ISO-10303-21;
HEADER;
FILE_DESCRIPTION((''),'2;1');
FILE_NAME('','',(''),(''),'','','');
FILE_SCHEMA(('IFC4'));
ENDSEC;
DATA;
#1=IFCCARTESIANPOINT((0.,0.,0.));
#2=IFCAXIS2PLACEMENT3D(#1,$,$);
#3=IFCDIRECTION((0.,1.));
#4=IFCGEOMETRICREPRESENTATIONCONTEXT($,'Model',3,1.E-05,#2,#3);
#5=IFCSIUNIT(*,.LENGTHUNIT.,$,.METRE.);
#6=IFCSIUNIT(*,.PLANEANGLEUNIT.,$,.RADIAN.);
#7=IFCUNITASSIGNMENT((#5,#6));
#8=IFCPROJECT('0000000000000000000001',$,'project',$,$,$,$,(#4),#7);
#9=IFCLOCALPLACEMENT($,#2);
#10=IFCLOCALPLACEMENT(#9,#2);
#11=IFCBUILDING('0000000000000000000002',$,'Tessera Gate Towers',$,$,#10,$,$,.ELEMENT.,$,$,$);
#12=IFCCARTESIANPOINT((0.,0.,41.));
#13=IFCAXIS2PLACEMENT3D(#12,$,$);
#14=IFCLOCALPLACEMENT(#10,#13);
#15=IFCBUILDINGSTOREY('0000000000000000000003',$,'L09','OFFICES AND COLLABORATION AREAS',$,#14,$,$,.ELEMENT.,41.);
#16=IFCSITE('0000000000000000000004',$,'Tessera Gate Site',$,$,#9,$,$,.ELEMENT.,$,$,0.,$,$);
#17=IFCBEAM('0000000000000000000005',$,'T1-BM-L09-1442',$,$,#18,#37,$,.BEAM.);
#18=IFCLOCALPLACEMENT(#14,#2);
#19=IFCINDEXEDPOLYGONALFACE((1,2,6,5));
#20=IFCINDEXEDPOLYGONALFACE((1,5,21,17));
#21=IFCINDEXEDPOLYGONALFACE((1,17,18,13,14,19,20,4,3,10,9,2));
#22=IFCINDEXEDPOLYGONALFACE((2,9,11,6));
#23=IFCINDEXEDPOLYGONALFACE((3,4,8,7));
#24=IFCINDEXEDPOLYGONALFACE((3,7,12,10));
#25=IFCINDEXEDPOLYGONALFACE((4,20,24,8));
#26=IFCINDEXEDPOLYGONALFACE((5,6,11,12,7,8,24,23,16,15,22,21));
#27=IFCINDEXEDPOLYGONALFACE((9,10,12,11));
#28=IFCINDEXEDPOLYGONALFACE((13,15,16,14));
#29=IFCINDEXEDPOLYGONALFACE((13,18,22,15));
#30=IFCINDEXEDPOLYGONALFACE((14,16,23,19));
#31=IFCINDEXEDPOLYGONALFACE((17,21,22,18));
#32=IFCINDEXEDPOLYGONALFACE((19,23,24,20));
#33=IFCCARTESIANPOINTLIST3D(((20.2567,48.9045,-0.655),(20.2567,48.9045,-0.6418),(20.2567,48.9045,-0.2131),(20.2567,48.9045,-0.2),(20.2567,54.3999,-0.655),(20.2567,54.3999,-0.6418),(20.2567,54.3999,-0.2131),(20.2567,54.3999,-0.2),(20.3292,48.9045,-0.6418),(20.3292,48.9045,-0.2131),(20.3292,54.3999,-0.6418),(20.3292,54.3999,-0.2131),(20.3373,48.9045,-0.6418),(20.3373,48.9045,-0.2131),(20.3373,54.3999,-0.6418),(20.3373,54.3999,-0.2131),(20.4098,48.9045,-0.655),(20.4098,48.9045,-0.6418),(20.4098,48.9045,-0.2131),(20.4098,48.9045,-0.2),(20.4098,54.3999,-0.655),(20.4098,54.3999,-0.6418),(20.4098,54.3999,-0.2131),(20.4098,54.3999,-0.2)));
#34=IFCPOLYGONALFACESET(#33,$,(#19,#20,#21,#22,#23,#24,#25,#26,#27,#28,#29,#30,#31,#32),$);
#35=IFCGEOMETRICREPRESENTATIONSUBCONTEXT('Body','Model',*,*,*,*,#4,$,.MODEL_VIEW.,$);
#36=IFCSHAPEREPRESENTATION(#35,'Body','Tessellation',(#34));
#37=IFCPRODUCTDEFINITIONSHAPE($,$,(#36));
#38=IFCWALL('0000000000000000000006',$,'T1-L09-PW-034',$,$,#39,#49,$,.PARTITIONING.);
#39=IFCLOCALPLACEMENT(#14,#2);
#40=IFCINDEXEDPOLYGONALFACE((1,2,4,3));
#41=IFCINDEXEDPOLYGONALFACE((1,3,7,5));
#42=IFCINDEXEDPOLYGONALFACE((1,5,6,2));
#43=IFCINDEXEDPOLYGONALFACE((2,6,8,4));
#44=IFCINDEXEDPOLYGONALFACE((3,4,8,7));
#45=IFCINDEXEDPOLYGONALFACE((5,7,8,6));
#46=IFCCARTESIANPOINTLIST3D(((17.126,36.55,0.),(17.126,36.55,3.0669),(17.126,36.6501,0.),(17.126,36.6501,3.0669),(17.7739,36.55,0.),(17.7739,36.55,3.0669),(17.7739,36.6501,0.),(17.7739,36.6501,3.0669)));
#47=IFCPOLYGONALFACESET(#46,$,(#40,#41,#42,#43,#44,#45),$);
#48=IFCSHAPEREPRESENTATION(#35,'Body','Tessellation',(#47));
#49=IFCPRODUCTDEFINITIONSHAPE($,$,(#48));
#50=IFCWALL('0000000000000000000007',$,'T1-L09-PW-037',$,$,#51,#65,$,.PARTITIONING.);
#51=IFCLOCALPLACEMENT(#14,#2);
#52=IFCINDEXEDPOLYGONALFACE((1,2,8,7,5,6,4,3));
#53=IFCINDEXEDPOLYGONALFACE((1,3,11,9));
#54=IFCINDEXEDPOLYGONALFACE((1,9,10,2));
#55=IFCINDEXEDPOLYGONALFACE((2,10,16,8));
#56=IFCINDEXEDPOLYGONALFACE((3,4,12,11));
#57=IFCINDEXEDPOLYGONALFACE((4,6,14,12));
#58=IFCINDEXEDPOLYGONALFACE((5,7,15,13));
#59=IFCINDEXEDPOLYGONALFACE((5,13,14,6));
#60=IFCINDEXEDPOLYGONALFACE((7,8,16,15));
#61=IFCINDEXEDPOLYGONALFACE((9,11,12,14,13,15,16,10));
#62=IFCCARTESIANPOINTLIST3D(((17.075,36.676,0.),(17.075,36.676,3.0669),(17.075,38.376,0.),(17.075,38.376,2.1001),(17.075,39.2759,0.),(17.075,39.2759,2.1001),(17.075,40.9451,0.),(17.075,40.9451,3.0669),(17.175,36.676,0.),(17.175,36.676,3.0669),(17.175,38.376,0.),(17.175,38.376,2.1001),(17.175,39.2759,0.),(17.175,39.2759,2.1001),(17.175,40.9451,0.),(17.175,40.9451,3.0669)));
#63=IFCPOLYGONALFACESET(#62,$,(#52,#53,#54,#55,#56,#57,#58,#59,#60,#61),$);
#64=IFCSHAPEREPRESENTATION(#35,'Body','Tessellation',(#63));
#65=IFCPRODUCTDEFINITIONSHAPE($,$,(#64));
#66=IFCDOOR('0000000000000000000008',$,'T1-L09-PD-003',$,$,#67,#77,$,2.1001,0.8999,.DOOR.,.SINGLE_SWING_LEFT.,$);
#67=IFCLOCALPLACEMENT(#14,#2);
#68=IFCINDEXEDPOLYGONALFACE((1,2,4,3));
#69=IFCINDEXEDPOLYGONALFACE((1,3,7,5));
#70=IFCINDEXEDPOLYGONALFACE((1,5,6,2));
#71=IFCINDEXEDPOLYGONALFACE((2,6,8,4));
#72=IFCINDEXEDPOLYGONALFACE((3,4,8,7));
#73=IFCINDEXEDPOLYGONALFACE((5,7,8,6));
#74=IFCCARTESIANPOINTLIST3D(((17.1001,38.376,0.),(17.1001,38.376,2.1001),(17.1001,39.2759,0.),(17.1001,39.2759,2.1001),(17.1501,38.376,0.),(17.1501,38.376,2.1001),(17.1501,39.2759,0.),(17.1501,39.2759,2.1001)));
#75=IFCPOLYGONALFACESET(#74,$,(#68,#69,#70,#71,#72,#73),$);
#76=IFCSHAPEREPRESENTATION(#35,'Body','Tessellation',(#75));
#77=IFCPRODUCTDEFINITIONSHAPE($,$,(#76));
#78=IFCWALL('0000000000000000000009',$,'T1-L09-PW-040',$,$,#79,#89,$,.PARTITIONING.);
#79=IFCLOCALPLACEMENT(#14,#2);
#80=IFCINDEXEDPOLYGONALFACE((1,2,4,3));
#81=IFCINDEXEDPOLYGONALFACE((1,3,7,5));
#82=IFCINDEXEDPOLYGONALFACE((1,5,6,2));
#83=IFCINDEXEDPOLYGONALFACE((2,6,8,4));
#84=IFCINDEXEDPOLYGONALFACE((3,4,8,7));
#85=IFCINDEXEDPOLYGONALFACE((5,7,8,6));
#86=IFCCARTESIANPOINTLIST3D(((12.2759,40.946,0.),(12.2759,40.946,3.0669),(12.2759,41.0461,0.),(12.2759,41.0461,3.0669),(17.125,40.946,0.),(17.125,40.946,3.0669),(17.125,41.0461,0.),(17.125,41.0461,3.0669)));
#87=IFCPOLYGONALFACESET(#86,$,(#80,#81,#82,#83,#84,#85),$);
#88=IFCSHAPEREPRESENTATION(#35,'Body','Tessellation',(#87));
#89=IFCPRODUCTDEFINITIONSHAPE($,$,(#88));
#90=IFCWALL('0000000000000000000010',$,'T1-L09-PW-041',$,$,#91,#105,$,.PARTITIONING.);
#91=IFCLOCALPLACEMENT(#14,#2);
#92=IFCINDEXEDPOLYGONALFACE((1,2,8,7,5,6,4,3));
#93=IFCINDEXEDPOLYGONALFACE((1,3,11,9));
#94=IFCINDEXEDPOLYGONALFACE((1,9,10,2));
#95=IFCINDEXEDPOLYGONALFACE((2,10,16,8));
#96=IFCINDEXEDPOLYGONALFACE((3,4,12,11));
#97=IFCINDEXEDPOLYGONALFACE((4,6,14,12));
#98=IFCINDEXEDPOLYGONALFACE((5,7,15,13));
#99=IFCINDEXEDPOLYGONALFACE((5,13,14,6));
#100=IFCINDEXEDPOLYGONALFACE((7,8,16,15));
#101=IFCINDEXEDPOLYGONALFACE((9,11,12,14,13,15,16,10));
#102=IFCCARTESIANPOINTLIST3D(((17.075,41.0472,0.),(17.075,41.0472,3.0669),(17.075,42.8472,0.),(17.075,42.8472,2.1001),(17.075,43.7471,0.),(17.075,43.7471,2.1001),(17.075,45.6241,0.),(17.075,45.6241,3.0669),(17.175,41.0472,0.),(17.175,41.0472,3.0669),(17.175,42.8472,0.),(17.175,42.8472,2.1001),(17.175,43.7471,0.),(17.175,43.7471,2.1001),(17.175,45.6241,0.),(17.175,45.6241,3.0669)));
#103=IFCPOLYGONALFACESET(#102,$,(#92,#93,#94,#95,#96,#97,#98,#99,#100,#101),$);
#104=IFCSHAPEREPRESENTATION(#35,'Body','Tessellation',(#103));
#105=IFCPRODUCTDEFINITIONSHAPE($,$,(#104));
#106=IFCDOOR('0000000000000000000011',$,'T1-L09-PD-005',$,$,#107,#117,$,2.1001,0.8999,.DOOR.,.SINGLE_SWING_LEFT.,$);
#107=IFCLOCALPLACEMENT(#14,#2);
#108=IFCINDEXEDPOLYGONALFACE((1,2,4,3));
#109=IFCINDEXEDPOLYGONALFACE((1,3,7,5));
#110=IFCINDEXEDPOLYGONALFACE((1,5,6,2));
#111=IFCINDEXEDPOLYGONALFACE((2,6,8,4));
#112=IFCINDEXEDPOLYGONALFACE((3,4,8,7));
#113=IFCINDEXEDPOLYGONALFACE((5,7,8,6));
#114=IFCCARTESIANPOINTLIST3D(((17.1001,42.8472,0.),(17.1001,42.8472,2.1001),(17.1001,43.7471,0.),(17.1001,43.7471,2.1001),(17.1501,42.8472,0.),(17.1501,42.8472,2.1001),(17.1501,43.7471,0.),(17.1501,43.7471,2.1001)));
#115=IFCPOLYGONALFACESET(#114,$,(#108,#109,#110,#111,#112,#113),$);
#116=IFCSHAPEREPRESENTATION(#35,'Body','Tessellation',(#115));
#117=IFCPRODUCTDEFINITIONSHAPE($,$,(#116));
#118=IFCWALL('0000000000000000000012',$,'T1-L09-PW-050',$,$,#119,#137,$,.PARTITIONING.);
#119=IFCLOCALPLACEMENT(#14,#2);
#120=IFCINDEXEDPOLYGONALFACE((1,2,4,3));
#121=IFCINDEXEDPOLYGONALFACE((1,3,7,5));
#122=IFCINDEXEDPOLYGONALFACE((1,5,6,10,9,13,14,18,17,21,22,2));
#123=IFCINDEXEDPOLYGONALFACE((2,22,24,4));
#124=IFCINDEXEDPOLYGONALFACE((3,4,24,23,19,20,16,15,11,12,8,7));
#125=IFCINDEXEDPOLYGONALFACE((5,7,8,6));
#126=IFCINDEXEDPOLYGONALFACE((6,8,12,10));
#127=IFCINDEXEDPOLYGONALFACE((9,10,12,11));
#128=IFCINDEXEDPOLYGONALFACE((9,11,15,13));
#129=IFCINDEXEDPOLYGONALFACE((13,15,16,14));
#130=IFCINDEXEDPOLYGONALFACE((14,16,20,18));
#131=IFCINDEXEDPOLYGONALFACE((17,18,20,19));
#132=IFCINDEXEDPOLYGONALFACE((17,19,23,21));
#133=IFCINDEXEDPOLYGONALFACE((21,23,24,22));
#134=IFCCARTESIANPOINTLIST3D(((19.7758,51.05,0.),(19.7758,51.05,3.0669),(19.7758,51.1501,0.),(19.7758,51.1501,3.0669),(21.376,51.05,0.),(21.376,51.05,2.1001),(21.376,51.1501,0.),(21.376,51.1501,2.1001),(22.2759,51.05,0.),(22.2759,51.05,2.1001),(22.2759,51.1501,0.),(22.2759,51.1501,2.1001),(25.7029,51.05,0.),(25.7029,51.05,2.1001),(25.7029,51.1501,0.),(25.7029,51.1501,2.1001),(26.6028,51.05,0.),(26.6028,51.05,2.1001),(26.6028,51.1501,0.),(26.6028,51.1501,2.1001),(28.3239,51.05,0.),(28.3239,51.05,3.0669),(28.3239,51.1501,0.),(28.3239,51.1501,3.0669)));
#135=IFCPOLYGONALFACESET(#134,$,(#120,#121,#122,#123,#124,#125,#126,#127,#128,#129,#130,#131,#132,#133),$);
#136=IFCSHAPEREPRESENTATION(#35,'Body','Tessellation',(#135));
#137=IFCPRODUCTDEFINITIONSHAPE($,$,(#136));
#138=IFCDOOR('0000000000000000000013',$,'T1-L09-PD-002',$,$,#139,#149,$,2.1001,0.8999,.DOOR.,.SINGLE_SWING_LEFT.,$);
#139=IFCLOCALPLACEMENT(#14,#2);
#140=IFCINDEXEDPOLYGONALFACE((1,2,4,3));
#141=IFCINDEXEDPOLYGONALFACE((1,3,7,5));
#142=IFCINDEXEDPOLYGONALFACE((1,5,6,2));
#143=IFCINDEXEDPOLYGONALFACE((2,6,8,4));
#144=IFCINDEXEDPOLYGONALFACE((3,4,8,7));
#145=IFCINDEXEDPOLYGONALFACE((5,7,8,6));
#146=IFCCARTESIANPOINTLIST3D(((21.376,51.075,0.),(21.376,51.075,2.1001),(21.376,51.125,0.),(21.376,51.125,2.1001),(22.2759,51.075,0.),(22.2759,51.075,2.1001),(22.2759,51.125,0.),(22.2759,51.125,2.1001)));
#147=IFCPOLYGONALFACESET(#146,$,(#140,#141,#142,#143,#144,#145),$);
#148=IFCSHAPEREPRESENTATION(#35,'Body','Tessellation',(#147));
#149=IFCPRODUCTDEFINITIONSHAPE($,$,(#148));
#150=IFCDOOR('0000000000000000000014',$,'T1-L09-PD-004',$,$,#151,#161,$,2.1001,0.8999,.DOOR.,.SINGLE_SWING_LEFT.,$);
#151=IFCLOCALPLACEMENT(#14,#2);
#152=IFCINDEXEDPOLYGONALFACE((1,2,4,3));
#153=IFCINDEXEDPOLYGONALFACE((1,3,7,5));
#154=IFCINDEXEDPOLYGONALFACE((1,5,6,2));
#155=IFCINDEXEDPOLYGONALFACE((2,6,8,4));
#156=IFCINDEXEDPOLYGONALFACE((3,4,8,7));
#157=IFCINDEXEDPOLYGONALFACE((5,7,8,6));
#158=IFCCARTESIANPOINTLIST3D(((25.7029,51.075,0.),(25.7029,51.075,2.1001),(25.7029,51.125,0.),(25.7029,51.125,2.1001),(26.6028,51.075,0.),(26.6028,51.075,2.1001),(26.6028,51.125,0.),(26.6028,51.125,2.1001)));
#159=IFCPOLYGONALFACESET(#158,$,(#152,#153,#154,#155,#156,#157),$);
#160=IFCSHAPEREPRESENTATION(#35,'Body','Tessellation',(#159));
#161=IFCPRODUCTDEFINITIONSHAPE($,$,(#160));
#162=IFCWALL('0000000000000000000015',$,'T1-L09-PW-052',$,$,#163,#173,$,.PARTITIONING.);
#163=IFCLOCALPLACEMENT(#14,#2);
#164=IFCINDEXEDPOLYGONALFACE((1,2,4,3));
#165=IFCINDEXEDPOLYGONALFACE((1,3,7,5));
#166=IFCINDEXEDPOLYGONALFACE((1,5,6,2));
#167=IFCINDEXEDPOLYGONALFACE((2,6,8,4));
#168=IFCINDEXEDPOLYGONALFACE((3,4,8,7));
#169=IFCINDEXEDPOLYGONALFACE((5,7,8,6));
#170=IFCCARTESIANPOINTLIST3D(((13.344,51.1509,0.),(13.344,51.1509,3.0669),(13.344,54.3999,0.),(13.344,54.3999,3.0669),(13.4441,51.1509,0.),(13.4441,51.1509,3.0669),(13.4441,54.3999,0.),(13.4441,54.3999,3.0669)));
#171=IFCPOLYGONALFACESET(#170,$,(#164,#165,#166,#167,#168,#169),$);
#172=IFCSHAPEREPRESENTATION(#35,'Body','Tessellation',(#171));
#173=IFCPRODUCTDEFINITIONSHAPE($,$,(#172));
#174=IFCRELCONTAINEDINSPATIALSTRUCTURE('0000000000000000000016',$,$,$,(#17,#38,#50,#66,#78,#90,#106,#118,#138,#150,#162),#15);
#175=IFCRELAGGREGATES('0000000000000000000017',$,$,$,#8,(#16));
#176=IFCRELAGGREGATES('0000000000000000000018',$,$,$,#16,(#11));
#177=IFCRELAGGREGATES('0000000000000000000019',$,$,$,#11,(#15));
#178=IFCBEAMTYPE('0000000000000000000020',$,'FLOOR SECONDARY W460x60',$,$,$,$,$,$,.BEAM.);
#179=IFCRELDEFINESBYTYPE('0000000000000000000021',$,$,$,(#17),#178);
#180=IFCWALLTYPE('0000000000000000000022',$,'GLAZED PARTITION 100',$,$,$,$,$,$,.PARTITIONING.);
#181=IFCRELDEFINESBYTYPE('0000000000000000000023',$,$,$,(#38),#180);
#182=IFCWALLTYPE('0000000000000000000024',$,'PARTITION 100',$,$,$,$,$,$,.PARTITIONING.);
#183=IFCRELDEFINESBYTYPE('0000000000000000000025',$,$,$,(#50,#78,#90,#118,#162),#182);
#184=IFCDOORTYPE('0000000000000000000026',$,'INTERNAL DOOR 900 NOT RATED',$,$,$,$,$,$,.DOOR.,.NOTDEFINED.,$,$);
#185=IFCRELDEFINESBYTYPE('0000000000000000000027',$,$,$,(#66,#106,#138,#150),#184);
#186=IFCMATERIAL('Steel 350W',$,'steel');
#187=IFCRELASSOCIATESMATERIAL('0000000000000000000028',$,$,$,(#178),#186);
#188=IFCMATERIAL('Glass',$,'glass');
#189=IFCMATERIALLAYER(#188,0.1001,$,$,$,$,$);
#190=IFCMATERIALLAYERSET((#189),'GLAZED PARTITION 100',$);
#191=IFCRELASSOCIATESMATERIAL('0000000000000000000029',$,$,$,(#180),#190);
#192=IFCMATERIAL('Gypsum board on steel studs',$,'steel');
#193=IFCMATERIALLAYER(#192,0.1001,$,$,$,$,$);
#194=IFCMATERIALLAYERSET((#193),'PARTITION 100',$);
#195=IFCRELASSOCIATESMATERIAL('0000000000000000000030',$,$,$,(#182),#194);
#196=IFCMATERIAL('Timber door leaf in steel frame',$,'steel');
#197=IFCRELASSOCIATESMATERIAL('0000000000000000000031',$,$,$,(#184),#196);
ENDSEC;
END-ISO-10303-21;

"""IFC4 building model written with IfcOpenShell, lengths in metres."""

from ifc_helpers import new_model, si_unit, direction, frame, frame_2d, origin, origin_2d, place, context, subcontext, project, spatial, rectangle, i_section, extrude, source, transform, mapped, material, layer, layer_set, material_profile, profile_set, type_object, element, fill, save


model = new_model("IFC4")

# Units and contexts
model_context = context("Model", 3, precision=1e-05, world=origin(), true_north=direction((0.0, 1.0)))
body_context = subcontext(model_context, "Body", "Model", "MODEL_VIEW")
ifc_project = project(units=[si_unit("LENGTHUNIT", "METRE"), si_unit("PLANEANGLEUNIT", "RADIAN")], contexts=[model_context])

# Site, building, storey
site_placement = place(None, origin())
site = spatial("IfcSite", under=ifc_project, at=site_placement, Name="Tessera Gate Site", CompositionType="ELEMENT", RefElevation=0.0)
building_placement = place(site_placement, origin())
building = spatial("IfcBuilding", under=site, at=building_placement, Name="Tessera Gate Towers", CompositionType="ELEMENT")
storey_placement = place(building_placement, frame((0.0, 0.0, 41.0)))
storey = spatial("IfcBuildingStorey", under=building, at=storey_placement, Name="L09", Description="OFFICES AND COLLABORATION AREAS", CompositionType="ELEMENT", Elevation=41.0)

# Beam
ifc_material_1 = material(Name="Steel 350W", Category="steel")
ifc_material_profile_1 = material_profile(ifc_material_1, i_section(OverallWidth=0.1531, OverallDepth=0.4551, WebThickness=0.0081, FlangeThickness=0.0132, at=origin_2d()), Name="W460x60")
ifc_profile_set_1 = profile_set([ifc_material_profile_1], Name="Steel 350W")
beam_type_1 = type_object("IfcBeamType", Name="FLOOR SECONDARY W460x60", PredefinedType="BEAM", material=ifc_profile_set_1)
beam_1_placement = place(storey_placement, frame((20.3333, 48.9045, -0.4275), z_axis=(0.0, 1.0, 0.0), x_axis=(-1.0, 0.0, 0.0)))
element("IfcBeam", 1, at=beam_1_placement, inside=storey, type_object=beam_type_1, Name="T1-BM-L09-1442", PredefinedType="BEAM", context=body_context, shape_type="SweptSolid", body=[
    extrude(i_section(OverallWidth=0.1531, OverallDepth=0.4551, WebThickness=0.0081, FlangeThickness=0.0132, at=origin_2d()), origin(), (0.0, 0.0, 1.0), 5.4954),
])

# Wall
ifc_material_2 = material(Name="Glass", Category="glass")
ifc_layer_1 = layer(ifc_material_2, 0.1001)
ifc_layer_set_1 = layer_set([ifc_layer_1], Name="GLAZED PARTITION 100")
wall_type_1 = type_object("IfcWallType", Name="GLAZED PARTITION 100", PredefinedType="PARTITIONING", material=ifc_layer_set_1)
wall_1_placement = place(storey_placement, frame((17.126, 36.6001, 0.0), z_axis=(0.0, 0.0, 1.0), x_axis=(1.0, 0.0, 0.0)))
element("IfcWall", 2, at=wall_1_placement, inside=storey, type_object=wall_type_1, Name="T1-L09-PW-034", PredefinedType="PARTITIONING", context=body_context, shape_type="SweptSolid", body=[
    extrude(rectangle(XDim=0.6479, YDim=0.1001, at=frame_2d((0.324, 0.0))), origin(), (0.0, 0.0, 1.0), 3.0669),
])

# Wall, opening, door
ifc_material_3 = material(Name="Gypsum board on steel studs", Category="steel")
ifc_layer_2 = layer(ifc_material_3, 0.1001)
ifc_layer_set_2 = layer_set([ifc_layer_2], Name="PARTITION 100")
wall_type_2 = type_object("IfcWallType", Name="PARTITION 100", PredefinedType="PARTITIONING", material=ifc_layer_set_2)
wall_2_placement = place(storey_placement, frame((17.125, 36.676, 0.0), z_axis=(0.0, 0.0, 1.0), x_axis=(0.0, 1.0, 0.0)))
wall_2 = element("IfcWall", 3, at=wall_2_placement, inside=storey, type_object=wall_type_2, Name="T1-L09-PW-037", PredefinedType="PARTITIONING", context=body_context, shape_type="SweptSolid", body=[
    extrude(rectangle(XDim=4.269, YDim=0.1001, at=frame_2d((2.1345, 0.0))), origin(), (0.0, 0.0, 1.0), 3.0669),
])
shared_shape_1 = source(origin(), body_context, "Body", "SweptSolid", [
    extrude(rectangle(XDim=0.8999, YDim=2.1001, at=frame_2d((0.45, 1.05))), frame((0.0, 0.0601, 0.0), z_axis=(0.0, -1.0, 0.0), x_axis=(1.0, 0.0, 0.0)), (0.0, 0.0, 1.0), 0.1201),
])
opening_1_placement = place(wall_2_placement, frame((1.7, 0.0, 0.0)))
opening_1 = element("IfcOpeningElement", 4, at=opening_1_placement, cuts=wall_2, PredefinedType="OPENING", context=body_context, shape_type="MappedRepresentation", body=[
    mapped(shared_shape_1, transform((0.0, 0.0, 0.0), scale=1.0)),
])
ifc_material_4 = material(Name="Timber door leaf in steel frame", Category="steel")
door_type = type_object("IfcDoorType", Name="INTERNAL DOOR 900 NOT RATED", OperationType="NOTDEFINED", PredefinedType="DOOR", material=ifc_material_4)
shared_shape_2 = source(origin(), body_context, "Body", "SweptSolid", [
    extrude(rectangle(XDim=0.8999, YDim=2.1001, at=frame_2d((0.45, 1.05))), frame((0.0, 0.0249, 0.0), z_axis=(0.0, -1.0, 0.0), x_axis=(1.0, 0.0, 0.0)), (0.0, 0.0, 1.0), 0.05),
])
door_1_placement = place(opening_1_placement, origin())
door_1 = element("IfcDoor", 5, at=door_1_placement, inside=storey, type_object=door_type, Name="T1-L09-PD-003", OperationType="SINGLE_SWING_LEFT", OverallHeight=2.1001, OverallWidth=0.8999, PredefinedType="DOOR", context=body_context, shape_type="MappedRepresentation", body=[
    mapped(shared_shape_2, transform((0.0, 0.0, 0.0), scale=1.0)),
])
fill(opening_1, door_1)

# Wall
wall_3_placement = place(storey_placement, frame((12.2759, 40.9961, 0.0), z_axis=(0.0, 0.0, 1.0), x_axis=(1.0, 0.0, 0.0)))
element("IfcWall", 6, at=wall_3_placement, inside=storey, type_object=wall_type_2, Name="T1-L09-PW-040", PredefinedType="PARTITIONING", context=body_context, shape_type="SweptSolid", body=[
    extrude(rectangle(XDim=4.8491, YDim=0.1001, at=frame_2d((2.4246, 0.0))), origin(), (0.0, 0.0, 1.0), 3.0669),
])

# Wall, opening, door
wall_4_placement = place(storey_placement, frame((17.125, 41.0471, 0.0), z_axis=(0.0, 0.0, 1.0), x_axis=(0.0, 1.0, 0.0)))
wall_4 = element("IfcWall", 7, at=wall_4_placement, inside=storey, type_object=wall_type_2, Name="T1-L09-PW-041", PredefinedType="PARTITIONING", context=body_context, shape_type="SweptSolid", body=[
    extrude(rectangle(XDim=4.5769, YDim=0.1001, at=frame_2d((2.2886, 0.0))), origin(), (0.0, 0.0, 1.0), 3.0669),
])
opening_2_placement = place(wall_4_placement, frame((1.8, 0.0, 0.0)))
opening_2 = element("IfcOpeningElement", 8, at=opening_2_placement, cuts=wall_4, PredefinedType="OPENING", context=body_context, shape_type="MappedRepresentation", body=[
    mapped(shared_shape_1, transform((0.0, 0.0, 0.0), scale=1.0)),
])
door_2_placement = place(opening_2_placement, origin())
door_2 = element("IfcDoor", 9, at=door_2_placement, inside=storey, type_object=door_type, Name="T1-L09-PD-005", OperationType="SINGLE_SWING_LEFT", OverallHeight=2.1001, OverallWidth=0.8999, PredefinedType="DOOR", context=body_context, shape_type="MappedRepresentation", body=[
    mapped(shared_shape_2, transform((0.0, 0.0, 0.0), scale=1.0)),
])
fill(opening_2, door_2)

# Wall, openings, doors
wall_5_placement = place(storey_placement, frame((19.7759, 51.1001, 0.0), z_axis=(0.0, 0.0, 1.0), x_axis=(1.0, 0.0, 0.0)))
wall_5 = element("IfcWall", 10, at=wall_5_placement, inside=storey, type_object=wall_type_2, Name="T1-L09-PW-050", PredefinedType="PARTITIONING", context=body_context, shape_type="SweptSolid", body=[
    extrude(rectangle(XDim=8.5481, YDim=0.1001, at=frame_2d((4.2739, 0.0))), origin(), (0.0, 0.0, 1.0), 3.0669),
])
opening_3_placement = place(wall_5_placement, frame((1.6001, 0.0, 0.0)))
opening_3 = element("IfcOpeningElement", 11, at=opening_3_placement, cuts=wall_5, PredefinedType="OPENING", context=body_context, shape_type="MappedRepresentation", body=[
    mapped(shared_shape_1, transform((0.0, 0.0, 0.0), scale=1.0)),
])
opening_4_placement = place(wall_5_placement, frame((5.927, 0.0, 0.0)))
opening_4 = element("IfcOpeningElement", 12, at=opening_4_placement, cuts=wall_5, PredefinedType="OPENING", context=body_context, shape_type="MappedRepresentation", body=[
    mapped(shared_shape_1, transform((0.0, 0.0, 0.0), scale=1.0)),
])
door_3_placement = place(opening_3_placement, origin())
door_3 = element("IfcDoor", 13, at=door_3_placement, inside=storey, type_object=door_type, Name="T1-L09-PD-002", OperationType="SINGLE_SWING_LEFT", OverallHeight=2.1001, OverallWidth=0.8999, PredefinedType="DOOR", context=body_context, shape_type="MappedRepresentation", body=[
    mapped(shared_shape_2, transform((0.0, 0.0, 0.0), scale=1.0)),
])
fill(opening_3, door_3)
door_4_placement = place(opening_4_placement, origin())
door_4 = element("IfcDoor", 14, at=door_4_placement, inside=storey, type_object=door_type, Name="T1-L09-PD-004", OperationType="SINGLE_SWING_LEFT", OverallHeight=2.1001, OverallWidth=0.8999, PredefinedType="DOOR", context=body_context, shape_type="MappedRepresentation", body=[
    mapped(shared_shape_2, transform((0.0, 0.0, 0.0), scale=1.0)),
])
fill(opening_4, door_4)

# Wall
for number, where, z_axis, x_axis, name in (
    (15, (13.394, 51.1509, 0.0), (0.0, 0.0, 1.0), (0.0, 1.0, 0.0), "T1-L09-PW-052"),
):
    element("IfcWall", number, at=place(storey_placement, frame(where, z_axis=z_axis, x_axis=x_axis)), inside=storey, type_object=wall_type_2, Name=name, PredefinedType="PARTITIONING", context=body_context, shape_type="SweptSolid", body=[
        extrude(rectangle(XDim=3.249, YDim=0.1001, at=frame_2d((1.6245, 0.0))), origin(), (0.0, 0.0, 1.0), 3.0669),
    ])

save(model, "model.ifc")
